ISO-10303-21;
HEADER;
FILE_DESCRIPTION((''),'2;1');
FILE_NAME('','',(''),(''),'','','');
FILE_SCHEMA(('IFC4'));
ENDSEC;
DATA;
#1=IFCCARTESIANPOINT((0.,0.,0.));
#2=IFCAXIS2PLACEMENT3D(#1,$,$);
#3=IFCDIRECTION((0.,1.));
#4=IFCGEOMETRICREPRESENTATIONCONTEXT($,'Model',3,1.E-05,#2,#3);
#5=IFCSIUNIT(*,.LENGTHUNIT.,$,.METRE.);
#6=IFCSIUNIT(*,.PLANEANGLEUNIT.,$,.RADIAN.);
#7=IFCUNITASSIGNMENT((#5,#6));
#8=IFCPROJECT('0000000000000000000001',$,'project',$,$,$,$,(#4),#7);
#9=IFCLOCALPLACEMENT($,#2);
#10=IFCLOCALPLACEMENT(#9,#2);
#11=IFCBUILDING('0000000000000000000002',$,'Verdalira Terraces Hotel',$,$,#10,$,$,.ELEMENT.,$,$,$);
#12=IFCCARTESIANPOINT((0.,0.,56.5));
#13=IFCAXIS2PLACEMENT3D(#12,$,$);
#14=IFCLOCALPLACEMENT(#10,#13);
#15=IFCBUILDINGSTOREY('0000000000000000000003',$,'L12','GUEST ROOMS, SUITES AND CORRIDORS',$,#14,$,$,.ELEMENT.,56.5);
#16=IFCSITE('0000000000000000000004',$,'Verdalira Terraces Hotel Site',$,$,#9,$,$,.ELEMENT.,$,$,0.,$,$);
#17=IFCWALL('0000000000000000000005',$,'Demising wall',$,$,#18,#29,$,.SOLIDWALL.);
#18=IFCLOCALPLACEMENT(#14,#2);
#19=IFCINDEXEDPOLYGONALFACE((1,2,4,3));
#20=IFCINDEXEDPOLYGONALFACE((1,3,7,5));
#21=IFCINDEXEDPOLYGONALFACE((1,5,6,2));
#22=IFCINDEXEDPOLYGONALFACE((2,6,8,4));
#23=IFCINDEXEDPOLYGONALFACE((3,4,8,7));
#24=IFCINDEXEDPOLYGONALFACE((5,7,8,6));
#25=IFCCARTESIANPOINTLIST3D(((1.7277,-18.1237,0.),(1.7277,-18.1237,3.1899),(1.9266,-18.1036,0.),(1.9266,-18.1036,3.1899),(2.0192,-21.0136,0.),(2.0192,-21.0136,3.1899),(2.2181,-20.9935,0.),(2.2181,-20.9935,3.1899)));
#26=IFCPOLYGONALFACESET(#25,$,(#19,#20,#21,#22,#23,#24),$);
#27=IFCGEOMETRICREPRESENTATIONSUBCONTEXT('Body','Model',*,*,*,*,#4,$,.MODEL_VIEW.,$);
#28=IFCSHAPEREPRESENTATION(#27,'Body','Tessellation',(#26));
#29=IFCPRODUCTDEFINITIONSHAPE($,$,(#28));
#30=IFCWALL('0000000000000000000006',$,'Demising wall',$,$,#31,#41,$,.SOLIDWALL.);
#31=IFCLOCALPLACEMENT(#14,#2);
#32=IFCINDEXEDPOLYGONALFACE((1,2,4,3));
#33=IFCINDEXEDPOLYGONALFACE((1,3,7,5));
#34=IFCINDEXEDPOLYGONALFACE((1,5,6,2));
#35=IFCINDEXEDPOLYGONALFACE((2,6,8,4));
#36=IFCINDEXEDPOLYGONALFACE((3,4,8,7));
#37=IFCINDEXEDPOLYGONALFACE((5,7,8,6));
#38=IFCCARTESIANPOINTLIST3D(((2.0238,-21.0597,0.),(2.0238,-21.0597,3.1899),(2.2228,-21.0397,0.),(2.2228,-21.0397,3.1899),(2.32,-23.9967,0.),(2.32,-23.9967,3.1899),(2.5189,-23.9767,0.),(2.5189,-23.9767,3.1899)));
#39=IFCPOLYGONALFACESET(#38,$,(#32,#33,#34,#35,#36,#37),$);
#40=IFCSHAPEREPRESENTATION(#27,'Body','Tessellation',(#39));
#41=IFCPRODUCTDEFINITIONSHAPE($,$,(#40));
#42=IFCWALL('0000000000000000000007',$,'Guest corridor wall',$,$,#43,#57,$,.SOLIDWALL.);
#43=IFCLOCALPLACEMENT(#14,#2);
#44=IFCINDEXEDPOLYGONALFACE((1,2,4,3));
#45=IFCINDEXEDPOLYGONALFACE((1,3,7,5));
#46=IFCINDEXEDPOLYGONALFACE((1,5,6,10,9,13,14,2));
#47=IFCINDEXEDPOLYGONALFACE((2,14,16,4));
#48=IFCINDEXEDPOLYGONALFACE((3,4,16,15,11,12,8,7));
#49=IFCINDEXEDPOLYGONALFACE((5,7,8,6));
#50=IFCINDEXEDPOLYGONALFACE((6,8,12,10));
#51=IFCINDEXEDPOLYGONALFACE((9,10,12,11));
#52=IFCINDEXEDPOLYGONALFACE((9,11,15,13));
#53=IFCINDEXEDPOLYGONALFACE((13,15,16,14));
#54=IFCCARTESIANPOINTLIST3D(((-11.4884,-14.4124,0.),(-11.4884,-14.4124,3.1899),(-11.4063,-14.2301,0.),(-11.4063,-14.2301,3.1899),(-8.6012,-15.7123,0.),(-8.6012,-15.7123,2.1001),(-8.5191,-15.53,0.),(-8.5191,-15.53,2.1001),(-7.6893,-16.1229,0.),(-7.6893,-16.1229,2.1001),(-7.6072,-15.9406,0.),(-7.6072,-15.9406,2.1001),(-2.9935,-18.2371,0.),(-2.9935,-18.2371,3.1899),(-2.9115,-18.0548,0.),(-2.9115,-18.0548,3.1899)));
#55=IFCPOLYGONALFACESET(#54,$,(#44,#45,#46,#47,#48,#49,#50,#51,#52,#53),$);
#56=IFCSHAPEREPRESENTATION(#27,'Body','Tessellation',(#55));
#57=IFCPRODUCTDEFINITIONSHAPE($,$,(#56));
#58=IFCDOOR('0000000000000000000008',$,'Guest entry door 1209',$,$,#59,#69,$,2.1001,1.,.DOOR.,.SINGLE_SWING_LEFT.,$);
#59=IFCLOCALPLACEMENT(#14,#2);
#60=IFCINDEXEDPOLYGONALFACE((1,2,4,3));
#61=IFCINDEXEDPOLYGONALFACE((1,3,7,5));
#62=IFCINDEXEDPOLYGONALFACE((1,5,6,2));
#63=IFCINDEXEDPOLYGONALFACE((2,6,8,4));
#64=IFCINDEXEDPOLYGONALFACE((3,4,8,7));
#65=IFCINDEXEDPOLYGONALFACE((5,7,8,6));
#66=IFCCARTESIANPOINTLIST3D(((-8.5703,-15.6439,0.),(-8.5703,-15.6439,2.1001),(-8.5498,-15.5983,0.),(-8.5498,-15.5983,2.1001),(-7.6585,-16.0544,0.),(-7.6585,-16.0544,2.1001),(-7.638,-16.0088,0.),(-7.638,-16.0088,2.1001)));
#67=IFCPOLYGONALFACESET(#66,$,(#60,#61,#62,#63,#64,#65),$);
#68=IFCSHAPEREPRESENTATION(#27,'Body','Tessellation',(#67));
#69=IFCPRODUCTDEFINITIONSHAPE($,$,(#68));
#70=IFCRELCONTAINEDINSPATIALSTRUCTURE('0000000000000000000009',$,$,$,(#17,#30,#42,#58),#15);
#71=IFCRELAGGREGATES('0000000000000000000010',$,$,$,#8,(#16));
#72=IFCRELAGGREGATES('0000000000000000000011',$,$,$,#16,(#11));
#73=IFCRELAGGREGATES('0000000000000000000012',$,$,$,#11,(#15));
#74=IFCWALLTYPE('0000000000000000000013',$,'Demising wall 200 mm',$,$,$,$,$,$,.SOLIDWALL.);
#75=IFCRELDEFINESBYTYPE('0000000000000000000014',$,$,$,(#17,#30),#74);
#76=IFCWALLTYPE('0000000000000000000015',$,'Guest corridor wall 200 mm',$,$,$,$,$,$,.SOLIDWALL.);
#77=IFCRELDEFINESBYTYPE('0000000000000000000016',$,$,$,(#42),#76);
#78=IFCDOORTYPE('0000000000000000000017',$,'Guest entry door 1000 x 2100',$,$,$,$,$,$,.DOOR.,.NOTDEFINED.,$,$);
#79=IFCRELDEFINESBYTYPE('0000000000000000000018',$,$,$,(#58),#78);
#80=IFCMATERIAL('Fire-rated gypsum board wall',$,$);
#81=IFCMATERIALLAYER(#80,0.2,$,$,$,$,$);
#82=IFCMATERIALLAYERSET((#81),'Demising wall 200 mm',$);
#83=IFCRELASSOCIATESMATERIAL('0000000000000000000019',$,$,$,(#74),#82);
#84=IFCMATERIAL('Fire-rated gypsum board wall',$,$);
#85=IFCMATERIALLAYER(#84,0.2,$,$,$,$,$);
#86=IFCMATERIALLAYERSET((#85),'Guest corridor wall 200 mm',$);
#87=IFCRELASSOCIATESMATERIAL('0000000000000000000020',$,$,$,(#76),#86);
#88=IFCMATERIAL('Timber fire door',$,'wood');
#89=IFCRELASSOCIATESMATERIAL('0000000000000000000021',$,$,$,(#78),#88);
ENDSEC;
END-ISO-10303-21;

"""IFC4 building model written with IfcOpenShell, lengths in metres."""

from ifc_helpers import new_model, si_unit, direction, frame, frame_2d, origin, place, context, subcontext, project, spatial, rectangle, extrude, material, layer, layer_set, type_object, element, fill, save


model = new_model("IFC4")

# Units and contexts
model_context = context("Model", 3, precision=1e-05, world=origin(), true_north=direction((0.0, 1.0)))
body_context = subcontext(model_context, "Body", "Model", "MODEL_VIEW")
ifc_project = project(units=[si_unit("LENGTHUNIT", "METRE"), si_unit("PLANEANGLEUNIT", "RADIAN")], contexts=[model_context])

# Site, building, storey
site_placement = place(None, origin())
site = spatial("IfcSite", under=ifc_project, at=site_placement, Name="Verdalira Terraces Hotel Site", CompositionType="ELEMENT", RefElevation=0.0)
building_placement = place(site_placement, origin())
building = spatial("IfcBuilding", under=site, at=building_placement, Name="Verdalira Terraces Hotel", CompositionType="ELEMENT")
storey_placement = place(building_placement, frame((0.0, 0.0, 56.5)))
storey = spatial("IfcBuildingStorey", under=building, at=storey_placement, Name="L12", Description="GUEST ROOMS, SUITES AND CORRIDORS", CompositionType="ELEMENT", Elevation=56.5)

# Walls
ifc_material_1 = material(Name="Fire-rated gypsum board wall")
ifc_layer_1 = layer(ifc_material_1, 0.2)
ifc_layer_set_1 = layer_set([ifc_layer_1], Name="Demising wall 200 mm")
wall_type_1 = type_object("IfcWallType", Name="Demising wall 200 mm", PredefinedType="SOLIDWALL", material=ifc_layer_set_1)
wall_1_placement = place(storey_placement, frame((1.8271, -18.1138, 0.0), z_axis=(0.0, 0.0, 1.0), x_axis=(0.100361, -0.994951, 0.0)))
element("IfcWall", 1, at=wall_1_placement, inside=storey, type_object=wall_type_1, Name="Demising wall", PredefinedType="SOLIDWALL", context=body_context, shape_type="SweptSolid", body=[
    extrude(rectangle(XDim=2.9045, YDim=0.2, at=frame_2d((1.4521, 0.0))), origin(), (0.0, 0.0, 1.0), 3.1899),
])
wall_2_placement = place(storey_placement, frame((2.1233, -21.0496, 0.0), z_axis=(0.0, 0.0, 1.0), x_axis=(0.100323, -0.994955, 0.0)))
element("IfcWall", 2, at=wall_2_placement, inside=storey, type_object=wall_type_1, Name="Demising wall", PredefinedType="SOLIDWALL", context=body_context, shape_type="SweptSolid", body=[
    extrude(rectangle(XDim=2.9519, YDim=0.2, at=frame_2d((1.4761, 0.0))), origin(), (0.0, 0.0, 1.0), 3.1899),
])

# Wall, opening, door
ifc_material_2 = material(Name="Fire-rated gypsum board wall")
ifc_layer_2 = layer(ifc_material_2, 0.2)
ifc_layer_set_2 = layer_set([ifc_layer_2], Name="Guest corridor wall 200 mm")
wall_type_2 = type_object("IfcWallType", Name="Guest corridor wall 200 mm", PredefinedType="SOLIDWALL", material=ifc_layer_set_2)
wall_3_placement = place(storey_placement, frame((-2.9524, -18.146, 0.0), z_axis=(0.0, 0.0, 1.0), x_axis=(-0.911841, 0.410544, 0.0)))
wall_3 = element("IfcWall", 3, at=wall_3_placement, inside=storey, type_object=wall_type_2, Name="Guest corridor wall", PredefinedType="SOLIDWALL", context=body_context, shape_type="SweptSolid", body=[
    extrude(rectangle(XDim=9.3162, YDim=0.2, at=frame_2d((4.6582, 0.0))), origin(), (0.0, 0.0, 1.0), 3.1899),
])
opening_1_placement = place(wall_3_placement, frame((5.1499, 0.0, 0.0)))
opening_1 = element("IfcOpeningElement", 4, at=opening_1_placement, cuts=wall_3, PredefinedType="OPENING", context=body_context, shape_type="SweptSolid", body=[
    extrude(rectangle(XDim=1.0, YDim=2.1001, at=frame_2d((0.5, 1.05))), frame((0.0, 0.1099, 0.0), z_axis=(0.0, -1.0, 0.0), x_axis=(1.0, 0.0, 0.0)), (0.0, 0.0, 1.0), 0.22),
])
ifc_material_3 = material(Name="Timber fire door", Category="wood")
door_type_1 = type_object("IfcDoorType", Name="Guest entry door 1000 x 2100", OperationType="NOTDEFINED", PredefinedType="DOOR", material=ifc_material_3)
door_1_placement = place(opening_1_placement, origin())
door_1 = element("IfcDoor", 5, at=door_1_placement, inside=storey, type_object=door_type_1, Name="Guest entry door 1209", OperationType="SINGLE_SWING_LEFT", OverallHeight=2.1001, OverallWidth=1.0, PredefinedType="DOOR", context=body_context, shape_type="SweptSolid", body=[
    extrude(rectangle(XDim=1.0, YDim=2.1001, at=frame_2d((0.5, 1.05))), frame((0.0, 0.0249, 0.0), z_axis=(0.0, -1.0, 0.0), x_axis=(1.0, 0.0, 0.0)), (0.0, 0.0, 1.0), 0.05),
])
fill(opening_1, door_1)

save(model, "model.ifc")
